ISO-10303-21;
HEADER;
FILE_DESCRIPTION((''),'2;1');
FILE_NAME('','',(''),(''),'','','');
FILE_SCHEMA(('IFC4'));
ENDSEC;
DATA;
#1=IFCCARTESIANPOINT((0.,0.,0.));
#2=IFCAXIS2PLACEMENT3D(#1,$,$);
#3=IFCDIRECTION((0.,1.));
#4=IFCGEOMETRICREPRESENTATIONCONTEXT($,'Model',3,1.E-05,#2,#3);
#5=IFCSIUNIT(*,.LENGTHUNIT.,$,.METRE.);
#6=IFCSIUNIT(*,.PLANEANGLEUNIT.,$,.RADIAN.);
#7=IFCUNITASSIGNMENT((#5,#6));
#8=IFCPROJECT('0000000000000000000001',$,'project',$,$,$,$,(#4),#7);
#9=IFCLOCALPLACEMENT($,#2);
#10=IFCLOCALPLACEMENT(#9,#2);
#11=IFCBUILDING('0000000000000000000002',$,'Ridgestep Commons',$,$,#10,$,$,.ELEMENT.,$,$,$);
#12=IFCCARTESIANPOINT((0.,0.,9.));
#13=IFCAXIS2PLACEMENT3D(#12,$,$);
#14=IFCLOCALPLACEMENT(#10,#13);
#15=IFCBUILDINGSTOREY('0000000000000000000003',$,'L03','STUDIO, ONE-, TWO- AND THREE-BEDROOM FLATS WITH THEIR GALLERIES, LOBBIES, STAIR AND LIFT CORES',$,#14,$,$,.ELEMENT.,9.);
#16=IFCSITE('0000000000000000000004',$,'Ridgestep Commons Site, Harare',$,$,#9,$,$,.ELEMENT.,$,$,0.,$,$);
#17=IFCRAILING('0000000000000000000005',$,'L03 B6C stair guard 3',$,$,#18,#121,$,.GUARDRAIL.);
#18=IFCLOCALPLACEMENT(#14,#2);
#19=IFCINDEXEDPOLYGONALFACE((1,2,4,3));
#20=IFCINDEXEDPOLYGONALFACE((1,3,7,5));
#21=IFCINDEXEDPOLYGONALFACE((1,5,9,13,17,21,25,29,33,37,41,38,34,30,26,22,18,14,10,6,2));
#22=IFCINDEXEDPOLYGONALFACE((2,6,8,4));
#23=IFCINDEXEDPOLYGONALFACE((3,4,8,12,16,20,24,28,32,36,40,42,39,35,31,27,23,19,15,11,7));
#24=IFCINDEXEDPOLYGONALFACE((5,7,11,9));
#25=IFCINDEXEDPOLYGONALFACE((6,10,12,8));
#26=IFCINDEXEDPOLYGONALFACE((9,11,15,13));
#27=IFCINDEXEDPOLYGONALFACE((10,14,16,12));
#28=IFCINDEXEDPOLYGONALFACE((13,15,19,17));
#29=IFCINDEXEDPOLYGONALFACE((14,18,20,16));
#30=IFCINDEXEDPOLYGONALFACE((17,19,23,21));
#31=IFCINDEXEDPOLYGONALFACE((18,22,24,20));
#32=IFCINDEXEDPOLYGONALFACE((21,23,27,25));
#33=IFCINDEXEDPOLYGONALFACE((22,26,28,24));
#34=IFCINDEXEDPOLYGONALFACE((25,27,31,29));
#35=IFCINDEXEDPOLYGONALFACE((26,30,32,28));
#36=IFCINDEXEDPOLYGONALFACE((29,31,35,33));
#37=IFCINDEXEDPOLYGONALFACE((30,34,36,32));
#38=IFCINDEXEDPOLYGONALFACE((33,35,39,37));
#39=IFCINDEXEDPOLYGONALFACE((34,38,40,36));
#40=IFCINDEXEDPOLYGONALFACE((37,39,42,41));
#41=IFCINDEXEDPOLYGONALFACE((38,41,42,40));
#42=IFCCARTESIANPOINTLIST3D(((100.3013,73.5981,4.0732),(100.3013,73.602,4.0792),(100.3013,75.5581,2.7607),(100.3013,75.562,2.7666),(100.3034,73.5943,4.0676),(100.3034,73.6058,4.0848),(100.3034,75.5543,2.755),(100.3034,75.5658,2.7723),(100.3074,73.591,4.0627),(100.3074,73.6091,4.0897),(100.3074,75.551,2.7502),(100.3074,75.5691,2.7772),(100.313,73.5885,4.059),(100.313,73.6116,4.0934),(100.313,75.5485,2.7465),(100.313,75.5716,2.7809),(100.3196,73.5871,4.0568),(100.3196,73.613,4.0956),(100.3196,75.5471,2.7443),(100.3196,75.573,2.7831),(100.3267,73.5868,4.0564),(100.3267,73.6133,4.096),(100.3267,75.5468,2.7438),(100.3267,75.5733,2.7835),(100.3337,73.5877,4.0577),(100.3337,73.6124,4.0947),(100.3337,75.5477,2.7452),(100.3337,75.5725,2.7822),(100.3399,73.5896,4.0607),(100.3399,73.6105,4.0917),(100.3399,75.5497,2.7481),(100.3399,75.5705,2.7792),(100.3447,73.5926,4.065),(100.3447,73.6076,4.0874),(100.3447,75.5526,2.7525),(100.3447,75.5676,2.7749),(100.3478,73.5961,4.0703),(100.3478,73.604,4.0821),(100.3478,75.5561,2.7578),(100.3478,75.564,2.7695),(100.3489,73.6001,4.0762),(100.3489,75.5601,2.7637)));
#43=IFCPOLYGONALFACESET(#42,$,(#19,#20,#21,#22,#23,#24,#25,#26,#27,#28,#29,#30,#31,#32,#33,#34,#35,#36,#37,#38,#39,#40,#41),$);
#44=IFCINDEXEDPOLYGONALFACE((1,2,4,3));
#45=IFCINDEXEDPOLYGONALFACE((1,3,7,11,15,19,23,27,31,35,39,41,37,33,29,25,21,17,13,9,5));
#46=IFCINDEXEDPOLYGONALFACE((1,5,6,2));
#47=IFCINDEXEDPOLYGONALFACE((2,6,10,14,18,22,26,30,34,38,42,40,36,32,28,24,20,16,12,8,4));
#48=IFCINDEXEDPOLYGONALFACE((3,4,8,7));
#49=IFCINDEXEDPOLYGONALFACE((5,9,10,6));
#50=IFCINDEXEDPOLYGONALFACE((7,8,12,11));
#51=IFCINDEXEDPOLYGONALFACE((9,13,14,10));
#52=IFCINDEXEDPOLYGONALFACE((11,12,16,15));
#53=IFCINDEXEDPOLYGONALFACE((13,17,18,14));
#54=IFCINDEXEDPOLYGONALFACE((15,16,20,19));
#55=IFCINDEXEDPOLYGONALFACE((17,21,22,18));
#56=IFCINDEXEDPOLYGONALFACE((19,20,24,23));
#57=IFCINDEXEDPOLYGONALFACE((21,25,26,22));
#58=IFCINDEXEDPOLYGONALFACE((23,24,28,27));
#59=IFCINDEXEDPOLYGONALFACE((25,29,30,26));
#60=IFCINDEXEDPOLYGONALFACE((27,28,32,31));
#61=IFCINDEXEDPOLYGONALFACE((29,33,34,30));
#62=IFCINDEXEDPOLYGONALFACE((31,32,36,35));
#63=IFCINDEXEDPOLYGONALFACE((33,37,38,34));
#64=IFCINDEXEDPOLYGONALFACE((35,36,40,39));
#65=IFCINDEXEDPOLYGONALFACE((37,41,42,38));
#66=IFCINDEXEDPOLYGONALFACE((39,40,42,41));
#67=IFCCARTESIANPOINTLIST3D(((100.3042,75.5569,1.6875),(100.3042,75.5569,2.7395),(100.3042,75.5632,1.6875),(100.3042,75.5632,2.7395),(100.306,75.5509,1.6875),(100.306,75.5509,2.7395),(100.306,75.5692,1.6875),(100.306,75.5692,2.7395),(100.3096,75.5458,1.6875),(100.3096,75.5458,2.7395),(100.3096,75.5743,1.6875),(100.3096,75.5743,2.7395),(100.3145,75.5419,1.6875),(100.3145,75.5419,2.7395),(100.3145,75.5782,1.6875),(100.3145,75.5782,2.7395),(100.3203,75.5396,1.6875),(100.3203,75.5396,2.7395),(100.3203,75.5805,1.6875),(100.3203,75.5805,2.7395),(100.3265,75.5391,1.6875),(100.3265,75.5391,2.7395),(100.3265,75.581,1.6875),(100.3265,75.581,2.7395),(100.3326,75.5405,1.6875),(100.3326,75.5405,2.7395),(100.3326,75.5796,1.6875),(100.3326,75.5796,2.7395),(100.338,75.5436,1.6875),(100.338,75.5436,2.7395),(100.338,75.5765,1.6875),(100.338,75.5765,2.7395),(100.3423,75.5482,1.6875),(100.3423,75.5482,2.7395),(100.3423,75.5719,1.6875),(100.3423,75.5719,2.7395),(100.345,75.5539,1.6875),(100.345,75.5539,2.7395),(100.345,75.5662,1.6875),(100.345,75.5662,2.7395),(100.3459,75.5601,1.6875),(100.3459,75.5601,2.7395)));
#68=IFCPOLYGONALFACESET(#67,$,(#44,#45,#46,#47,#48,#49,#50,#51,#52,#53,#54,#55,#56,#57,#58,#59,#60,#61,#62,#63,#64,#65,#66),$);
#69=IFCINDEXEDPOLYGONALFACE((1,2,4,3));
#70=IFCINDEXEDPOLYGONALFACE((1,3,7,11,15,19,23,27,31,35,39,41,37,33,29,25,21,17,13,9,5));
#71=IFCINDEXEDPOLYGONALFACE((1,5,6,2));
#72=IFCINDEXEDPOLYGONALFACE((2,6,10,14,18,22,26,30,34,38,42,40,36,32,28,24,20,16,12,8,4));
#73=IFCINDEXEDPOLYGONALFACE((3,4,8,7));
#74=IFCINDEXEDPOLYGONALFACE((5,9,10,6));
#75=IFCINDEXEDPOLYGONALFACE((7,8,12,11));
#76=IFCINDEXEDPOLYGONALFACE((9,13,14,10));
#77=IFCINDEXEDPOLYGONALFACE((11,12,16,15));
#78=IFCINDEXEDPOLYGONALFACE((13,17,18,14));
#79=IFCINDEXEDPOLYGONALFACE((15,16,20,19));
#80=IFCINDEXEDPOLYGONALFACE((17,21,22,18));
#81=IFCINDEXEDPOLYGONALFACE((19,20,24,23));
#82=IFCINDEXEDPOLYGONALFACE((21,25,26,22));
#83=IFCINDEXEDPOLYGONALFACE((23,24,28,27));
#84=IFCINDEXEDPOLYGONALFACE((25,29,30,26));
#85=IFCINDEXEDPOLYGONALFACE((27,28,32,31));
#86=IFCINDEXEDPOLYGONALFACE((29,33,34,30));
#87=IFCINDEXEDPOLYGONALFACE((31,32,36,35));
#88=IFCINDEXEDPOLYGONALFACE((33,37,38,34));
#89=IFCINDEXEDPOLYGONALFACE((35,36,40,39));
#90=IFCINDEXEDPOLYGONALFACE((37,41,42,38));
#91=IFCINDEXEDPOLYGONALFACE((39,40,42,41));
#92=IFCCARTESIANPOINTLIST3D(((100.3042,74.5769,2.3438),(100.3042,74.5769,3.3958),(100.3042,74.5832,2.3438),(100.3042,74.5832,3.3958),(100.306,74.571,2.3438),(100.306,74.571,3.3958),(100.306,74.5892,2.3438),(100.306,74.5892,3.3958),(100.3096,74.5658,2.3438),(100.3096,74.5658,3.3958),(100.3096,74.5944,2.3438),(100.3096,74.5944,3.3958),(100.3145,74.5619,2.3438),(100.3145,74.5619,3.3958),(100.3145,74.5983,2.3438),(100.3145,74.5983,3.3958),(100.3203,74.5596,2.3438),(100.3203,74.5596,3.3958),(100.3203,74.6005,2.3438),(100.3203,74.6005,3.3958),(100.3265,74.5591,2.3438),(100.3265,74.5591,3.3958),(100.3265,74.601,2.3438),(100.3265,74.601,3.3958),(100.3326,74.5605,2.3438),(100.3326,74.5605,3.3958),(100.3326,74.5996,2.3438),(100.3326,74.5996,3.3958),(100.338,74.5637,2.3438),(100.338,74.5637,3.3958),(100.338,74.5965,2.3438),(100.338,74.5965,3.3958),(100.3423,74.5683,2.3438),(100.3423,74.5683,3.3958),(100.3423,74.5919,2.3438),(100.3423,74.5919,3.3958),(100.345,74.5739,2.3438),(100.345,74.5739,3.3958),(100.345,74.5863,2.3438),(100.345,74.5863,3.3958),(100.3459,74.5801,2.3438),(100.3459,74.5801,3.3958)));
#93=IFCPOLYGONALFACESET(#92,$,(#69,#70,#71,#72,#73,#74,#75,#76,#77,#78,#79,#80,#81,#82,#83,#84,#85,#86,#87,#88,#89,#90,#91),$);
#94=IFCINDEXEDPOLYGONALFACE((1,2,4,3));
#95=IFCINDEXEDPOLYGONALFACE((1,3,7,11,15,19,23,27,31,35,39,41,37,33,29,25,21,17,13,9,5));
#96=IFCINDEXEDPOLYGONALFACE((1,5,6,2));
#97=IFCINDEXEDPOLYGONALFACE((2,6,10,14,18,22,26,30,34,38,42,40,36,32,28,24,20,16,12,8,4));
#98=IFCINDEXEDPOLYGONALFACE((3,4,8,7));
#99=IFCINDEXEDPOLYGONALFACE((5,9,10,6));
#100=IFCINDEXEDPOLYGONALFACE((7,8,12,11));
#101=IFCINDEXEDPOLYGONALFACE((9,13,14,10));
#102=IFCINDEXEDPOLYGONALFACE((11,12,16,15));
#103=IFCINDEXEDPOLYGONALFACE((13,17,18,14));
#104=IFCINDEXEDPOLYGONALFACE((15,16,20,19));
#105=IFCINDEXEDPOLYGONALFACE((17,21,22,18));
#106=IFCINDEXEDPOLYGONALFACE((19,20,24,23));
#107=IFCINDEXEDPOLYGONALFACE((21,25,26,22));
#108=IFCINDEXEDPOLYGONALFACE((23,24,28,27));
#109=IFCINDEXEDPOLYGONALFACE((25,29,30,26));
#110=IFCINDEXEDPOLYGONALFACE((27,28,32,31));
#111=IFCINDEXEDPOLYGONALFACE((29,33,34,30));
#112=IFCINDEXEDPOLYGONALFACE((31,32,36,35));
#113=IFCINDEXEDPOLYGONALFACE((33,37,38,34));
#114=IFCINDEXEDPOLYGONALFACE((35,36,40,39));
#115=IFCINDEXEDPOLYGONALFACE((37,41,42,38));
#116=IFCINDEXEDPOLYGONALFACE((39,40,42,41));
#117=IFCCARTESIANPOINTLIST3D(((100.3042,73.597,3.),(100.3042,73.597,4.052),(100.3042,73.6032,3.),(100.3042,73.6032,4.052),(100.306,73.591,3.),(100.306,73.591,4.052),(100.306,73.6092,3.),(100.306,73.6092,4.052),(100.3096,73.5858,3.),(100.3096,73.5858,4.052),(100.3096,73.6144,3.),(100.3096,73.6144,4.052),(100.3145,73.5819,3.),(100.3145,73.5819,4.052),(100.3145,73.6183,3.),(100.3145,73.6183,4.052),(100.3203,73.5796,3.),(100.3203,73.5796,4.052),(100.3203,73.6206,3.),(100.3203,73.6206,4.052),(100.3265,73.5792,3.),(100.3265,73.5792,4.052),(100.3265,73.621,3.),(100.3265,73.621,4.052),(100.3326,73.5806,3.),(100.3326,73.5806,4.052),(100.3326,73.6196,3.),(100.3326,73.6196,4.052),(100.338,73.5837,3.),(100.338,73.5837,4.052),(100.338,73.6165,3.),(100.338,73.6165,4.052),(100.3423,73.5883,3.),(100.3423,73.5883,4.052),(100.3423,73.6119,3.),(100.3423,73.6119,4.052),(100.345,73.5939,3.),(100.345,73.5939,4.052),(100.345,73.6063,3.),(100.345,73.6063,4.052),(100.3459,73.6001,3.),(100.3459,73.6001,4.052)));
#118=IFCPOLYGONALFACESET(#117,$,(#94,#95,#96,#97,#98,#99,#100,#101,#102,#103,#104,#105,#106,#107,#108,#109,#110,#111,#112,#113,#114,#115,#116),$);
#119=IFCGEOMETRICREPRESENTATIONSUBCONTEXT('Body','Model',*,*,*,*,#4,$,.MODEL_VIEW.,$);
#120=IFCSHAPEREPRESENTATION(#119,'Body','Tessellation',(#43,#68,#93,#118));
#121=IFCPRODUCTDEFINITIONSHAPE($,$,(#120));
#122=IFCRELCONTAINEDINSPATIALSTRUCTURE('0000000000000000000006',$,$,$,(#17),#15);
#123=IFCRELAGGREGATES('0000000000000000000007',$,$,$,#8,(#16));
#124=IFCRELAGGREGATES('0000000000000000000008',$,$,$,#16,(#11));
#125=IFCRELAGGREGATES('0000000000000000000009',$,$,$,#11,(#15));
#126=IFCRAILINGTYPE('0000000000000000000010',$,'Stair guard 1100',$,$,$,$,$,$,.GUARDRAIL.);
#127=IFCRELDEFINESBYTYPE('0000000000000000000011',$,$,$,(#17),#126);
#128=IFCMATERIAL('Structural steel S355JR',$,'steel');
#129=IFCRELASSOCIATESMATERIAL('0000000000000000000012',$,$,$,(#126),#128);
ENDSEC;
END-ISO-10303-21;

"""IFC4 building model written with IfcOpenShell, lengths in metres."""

from ifc_helpers import new_model, si_unit, direction, frame, origin, origin_2d, place, context, subcontext, project, spatial, circle, extrude, material, type_object, element, save


model = new_model("IFC4")

# Units and contexts
model_context = context("Model", 3, precision=1e-05, world=origin(), true_north=direction((0.0, 1.0)))
body_context = subcontext(model_context, "Body", "Model", "MODEL_VIEW")
ifc_project = project(units=[si_unit("LENGTHUNIT", "METRE"), si_unit("PLANEANGLEUNIT", "RADIAN")], contexts=[model_context])

# Site, building, storey
site_placement = place(None, origin())
site = spatial("IfcSite", under=ifc_project, at=site_placement, Name="Ridgestep Commons Site, Harare", CompositionType="ELEMENT", RefElevation=0.0)
building_placement = place(site_placement, origin())
building = spatial("IfcBuilding", under=site, at=building_placement, Name="Ridgestep Commons", CompositionType="ELEMENT")
storey_placement = place(building_placement, frame((0.0, 0.0, 9.0)))
storey = spatial("IfcBuildingStorey", under=building, at=storey_placement, Name="L03", Description="STUDIO, ONE-, TWO- AND THREE-BEDROOM FLATS WITH THEIR GALLERIES, LOBBIES, STAIR AND LIFT CORES", CompositionType="ELEMENT", Elevation=9.0)

# Railing
ifc_material_1 = material(Name="Structural steel S355JR", Category="steel")
railing_type = type_object("IfcRailingType", Name="Stair guard 1100", PredefinedType="GUARDRAIL", material=ifc_material_1)
railing_1_placement = place(storey_placement, frame((100.325, 75.5601, 1.6875)))
element("IfcRailing", 1, at=railing_1_placement, inside=storey, type_object=railing_type, Name="L03 B6C stair guard 3", PredefinedType="GUARDRAIL", context=body_context, shape_type="SweptSolid", body=[
    extrude(circle(Radius=0.0239, at=origin_2d()), frame((0.0, 0.0, 1.0762), z_axis=(0.0, -0.830902, 0.556419), x_axis=(1.0, 0.0, 0.0)), (0.0, 0.0, 1.0), 2.3589),
    extrude(circle(Radius=0.021, at=origin_2d()), origin(), (0.0, 0.0, 1.0), 1.052),
    extrude(circle(Radius=0.021, at=origin_2d()), frame((0.0, -0.98, 0.6562)), (0.0, 0.0, 1.0), 1.052),
    extrude(circle(Radius=0.021, at=origin_2d()), frame((0.0, -1.96, 1.3125)), (0.0, 0.0, 1.0), 1.052),
])

save(model, "model.ifc")
